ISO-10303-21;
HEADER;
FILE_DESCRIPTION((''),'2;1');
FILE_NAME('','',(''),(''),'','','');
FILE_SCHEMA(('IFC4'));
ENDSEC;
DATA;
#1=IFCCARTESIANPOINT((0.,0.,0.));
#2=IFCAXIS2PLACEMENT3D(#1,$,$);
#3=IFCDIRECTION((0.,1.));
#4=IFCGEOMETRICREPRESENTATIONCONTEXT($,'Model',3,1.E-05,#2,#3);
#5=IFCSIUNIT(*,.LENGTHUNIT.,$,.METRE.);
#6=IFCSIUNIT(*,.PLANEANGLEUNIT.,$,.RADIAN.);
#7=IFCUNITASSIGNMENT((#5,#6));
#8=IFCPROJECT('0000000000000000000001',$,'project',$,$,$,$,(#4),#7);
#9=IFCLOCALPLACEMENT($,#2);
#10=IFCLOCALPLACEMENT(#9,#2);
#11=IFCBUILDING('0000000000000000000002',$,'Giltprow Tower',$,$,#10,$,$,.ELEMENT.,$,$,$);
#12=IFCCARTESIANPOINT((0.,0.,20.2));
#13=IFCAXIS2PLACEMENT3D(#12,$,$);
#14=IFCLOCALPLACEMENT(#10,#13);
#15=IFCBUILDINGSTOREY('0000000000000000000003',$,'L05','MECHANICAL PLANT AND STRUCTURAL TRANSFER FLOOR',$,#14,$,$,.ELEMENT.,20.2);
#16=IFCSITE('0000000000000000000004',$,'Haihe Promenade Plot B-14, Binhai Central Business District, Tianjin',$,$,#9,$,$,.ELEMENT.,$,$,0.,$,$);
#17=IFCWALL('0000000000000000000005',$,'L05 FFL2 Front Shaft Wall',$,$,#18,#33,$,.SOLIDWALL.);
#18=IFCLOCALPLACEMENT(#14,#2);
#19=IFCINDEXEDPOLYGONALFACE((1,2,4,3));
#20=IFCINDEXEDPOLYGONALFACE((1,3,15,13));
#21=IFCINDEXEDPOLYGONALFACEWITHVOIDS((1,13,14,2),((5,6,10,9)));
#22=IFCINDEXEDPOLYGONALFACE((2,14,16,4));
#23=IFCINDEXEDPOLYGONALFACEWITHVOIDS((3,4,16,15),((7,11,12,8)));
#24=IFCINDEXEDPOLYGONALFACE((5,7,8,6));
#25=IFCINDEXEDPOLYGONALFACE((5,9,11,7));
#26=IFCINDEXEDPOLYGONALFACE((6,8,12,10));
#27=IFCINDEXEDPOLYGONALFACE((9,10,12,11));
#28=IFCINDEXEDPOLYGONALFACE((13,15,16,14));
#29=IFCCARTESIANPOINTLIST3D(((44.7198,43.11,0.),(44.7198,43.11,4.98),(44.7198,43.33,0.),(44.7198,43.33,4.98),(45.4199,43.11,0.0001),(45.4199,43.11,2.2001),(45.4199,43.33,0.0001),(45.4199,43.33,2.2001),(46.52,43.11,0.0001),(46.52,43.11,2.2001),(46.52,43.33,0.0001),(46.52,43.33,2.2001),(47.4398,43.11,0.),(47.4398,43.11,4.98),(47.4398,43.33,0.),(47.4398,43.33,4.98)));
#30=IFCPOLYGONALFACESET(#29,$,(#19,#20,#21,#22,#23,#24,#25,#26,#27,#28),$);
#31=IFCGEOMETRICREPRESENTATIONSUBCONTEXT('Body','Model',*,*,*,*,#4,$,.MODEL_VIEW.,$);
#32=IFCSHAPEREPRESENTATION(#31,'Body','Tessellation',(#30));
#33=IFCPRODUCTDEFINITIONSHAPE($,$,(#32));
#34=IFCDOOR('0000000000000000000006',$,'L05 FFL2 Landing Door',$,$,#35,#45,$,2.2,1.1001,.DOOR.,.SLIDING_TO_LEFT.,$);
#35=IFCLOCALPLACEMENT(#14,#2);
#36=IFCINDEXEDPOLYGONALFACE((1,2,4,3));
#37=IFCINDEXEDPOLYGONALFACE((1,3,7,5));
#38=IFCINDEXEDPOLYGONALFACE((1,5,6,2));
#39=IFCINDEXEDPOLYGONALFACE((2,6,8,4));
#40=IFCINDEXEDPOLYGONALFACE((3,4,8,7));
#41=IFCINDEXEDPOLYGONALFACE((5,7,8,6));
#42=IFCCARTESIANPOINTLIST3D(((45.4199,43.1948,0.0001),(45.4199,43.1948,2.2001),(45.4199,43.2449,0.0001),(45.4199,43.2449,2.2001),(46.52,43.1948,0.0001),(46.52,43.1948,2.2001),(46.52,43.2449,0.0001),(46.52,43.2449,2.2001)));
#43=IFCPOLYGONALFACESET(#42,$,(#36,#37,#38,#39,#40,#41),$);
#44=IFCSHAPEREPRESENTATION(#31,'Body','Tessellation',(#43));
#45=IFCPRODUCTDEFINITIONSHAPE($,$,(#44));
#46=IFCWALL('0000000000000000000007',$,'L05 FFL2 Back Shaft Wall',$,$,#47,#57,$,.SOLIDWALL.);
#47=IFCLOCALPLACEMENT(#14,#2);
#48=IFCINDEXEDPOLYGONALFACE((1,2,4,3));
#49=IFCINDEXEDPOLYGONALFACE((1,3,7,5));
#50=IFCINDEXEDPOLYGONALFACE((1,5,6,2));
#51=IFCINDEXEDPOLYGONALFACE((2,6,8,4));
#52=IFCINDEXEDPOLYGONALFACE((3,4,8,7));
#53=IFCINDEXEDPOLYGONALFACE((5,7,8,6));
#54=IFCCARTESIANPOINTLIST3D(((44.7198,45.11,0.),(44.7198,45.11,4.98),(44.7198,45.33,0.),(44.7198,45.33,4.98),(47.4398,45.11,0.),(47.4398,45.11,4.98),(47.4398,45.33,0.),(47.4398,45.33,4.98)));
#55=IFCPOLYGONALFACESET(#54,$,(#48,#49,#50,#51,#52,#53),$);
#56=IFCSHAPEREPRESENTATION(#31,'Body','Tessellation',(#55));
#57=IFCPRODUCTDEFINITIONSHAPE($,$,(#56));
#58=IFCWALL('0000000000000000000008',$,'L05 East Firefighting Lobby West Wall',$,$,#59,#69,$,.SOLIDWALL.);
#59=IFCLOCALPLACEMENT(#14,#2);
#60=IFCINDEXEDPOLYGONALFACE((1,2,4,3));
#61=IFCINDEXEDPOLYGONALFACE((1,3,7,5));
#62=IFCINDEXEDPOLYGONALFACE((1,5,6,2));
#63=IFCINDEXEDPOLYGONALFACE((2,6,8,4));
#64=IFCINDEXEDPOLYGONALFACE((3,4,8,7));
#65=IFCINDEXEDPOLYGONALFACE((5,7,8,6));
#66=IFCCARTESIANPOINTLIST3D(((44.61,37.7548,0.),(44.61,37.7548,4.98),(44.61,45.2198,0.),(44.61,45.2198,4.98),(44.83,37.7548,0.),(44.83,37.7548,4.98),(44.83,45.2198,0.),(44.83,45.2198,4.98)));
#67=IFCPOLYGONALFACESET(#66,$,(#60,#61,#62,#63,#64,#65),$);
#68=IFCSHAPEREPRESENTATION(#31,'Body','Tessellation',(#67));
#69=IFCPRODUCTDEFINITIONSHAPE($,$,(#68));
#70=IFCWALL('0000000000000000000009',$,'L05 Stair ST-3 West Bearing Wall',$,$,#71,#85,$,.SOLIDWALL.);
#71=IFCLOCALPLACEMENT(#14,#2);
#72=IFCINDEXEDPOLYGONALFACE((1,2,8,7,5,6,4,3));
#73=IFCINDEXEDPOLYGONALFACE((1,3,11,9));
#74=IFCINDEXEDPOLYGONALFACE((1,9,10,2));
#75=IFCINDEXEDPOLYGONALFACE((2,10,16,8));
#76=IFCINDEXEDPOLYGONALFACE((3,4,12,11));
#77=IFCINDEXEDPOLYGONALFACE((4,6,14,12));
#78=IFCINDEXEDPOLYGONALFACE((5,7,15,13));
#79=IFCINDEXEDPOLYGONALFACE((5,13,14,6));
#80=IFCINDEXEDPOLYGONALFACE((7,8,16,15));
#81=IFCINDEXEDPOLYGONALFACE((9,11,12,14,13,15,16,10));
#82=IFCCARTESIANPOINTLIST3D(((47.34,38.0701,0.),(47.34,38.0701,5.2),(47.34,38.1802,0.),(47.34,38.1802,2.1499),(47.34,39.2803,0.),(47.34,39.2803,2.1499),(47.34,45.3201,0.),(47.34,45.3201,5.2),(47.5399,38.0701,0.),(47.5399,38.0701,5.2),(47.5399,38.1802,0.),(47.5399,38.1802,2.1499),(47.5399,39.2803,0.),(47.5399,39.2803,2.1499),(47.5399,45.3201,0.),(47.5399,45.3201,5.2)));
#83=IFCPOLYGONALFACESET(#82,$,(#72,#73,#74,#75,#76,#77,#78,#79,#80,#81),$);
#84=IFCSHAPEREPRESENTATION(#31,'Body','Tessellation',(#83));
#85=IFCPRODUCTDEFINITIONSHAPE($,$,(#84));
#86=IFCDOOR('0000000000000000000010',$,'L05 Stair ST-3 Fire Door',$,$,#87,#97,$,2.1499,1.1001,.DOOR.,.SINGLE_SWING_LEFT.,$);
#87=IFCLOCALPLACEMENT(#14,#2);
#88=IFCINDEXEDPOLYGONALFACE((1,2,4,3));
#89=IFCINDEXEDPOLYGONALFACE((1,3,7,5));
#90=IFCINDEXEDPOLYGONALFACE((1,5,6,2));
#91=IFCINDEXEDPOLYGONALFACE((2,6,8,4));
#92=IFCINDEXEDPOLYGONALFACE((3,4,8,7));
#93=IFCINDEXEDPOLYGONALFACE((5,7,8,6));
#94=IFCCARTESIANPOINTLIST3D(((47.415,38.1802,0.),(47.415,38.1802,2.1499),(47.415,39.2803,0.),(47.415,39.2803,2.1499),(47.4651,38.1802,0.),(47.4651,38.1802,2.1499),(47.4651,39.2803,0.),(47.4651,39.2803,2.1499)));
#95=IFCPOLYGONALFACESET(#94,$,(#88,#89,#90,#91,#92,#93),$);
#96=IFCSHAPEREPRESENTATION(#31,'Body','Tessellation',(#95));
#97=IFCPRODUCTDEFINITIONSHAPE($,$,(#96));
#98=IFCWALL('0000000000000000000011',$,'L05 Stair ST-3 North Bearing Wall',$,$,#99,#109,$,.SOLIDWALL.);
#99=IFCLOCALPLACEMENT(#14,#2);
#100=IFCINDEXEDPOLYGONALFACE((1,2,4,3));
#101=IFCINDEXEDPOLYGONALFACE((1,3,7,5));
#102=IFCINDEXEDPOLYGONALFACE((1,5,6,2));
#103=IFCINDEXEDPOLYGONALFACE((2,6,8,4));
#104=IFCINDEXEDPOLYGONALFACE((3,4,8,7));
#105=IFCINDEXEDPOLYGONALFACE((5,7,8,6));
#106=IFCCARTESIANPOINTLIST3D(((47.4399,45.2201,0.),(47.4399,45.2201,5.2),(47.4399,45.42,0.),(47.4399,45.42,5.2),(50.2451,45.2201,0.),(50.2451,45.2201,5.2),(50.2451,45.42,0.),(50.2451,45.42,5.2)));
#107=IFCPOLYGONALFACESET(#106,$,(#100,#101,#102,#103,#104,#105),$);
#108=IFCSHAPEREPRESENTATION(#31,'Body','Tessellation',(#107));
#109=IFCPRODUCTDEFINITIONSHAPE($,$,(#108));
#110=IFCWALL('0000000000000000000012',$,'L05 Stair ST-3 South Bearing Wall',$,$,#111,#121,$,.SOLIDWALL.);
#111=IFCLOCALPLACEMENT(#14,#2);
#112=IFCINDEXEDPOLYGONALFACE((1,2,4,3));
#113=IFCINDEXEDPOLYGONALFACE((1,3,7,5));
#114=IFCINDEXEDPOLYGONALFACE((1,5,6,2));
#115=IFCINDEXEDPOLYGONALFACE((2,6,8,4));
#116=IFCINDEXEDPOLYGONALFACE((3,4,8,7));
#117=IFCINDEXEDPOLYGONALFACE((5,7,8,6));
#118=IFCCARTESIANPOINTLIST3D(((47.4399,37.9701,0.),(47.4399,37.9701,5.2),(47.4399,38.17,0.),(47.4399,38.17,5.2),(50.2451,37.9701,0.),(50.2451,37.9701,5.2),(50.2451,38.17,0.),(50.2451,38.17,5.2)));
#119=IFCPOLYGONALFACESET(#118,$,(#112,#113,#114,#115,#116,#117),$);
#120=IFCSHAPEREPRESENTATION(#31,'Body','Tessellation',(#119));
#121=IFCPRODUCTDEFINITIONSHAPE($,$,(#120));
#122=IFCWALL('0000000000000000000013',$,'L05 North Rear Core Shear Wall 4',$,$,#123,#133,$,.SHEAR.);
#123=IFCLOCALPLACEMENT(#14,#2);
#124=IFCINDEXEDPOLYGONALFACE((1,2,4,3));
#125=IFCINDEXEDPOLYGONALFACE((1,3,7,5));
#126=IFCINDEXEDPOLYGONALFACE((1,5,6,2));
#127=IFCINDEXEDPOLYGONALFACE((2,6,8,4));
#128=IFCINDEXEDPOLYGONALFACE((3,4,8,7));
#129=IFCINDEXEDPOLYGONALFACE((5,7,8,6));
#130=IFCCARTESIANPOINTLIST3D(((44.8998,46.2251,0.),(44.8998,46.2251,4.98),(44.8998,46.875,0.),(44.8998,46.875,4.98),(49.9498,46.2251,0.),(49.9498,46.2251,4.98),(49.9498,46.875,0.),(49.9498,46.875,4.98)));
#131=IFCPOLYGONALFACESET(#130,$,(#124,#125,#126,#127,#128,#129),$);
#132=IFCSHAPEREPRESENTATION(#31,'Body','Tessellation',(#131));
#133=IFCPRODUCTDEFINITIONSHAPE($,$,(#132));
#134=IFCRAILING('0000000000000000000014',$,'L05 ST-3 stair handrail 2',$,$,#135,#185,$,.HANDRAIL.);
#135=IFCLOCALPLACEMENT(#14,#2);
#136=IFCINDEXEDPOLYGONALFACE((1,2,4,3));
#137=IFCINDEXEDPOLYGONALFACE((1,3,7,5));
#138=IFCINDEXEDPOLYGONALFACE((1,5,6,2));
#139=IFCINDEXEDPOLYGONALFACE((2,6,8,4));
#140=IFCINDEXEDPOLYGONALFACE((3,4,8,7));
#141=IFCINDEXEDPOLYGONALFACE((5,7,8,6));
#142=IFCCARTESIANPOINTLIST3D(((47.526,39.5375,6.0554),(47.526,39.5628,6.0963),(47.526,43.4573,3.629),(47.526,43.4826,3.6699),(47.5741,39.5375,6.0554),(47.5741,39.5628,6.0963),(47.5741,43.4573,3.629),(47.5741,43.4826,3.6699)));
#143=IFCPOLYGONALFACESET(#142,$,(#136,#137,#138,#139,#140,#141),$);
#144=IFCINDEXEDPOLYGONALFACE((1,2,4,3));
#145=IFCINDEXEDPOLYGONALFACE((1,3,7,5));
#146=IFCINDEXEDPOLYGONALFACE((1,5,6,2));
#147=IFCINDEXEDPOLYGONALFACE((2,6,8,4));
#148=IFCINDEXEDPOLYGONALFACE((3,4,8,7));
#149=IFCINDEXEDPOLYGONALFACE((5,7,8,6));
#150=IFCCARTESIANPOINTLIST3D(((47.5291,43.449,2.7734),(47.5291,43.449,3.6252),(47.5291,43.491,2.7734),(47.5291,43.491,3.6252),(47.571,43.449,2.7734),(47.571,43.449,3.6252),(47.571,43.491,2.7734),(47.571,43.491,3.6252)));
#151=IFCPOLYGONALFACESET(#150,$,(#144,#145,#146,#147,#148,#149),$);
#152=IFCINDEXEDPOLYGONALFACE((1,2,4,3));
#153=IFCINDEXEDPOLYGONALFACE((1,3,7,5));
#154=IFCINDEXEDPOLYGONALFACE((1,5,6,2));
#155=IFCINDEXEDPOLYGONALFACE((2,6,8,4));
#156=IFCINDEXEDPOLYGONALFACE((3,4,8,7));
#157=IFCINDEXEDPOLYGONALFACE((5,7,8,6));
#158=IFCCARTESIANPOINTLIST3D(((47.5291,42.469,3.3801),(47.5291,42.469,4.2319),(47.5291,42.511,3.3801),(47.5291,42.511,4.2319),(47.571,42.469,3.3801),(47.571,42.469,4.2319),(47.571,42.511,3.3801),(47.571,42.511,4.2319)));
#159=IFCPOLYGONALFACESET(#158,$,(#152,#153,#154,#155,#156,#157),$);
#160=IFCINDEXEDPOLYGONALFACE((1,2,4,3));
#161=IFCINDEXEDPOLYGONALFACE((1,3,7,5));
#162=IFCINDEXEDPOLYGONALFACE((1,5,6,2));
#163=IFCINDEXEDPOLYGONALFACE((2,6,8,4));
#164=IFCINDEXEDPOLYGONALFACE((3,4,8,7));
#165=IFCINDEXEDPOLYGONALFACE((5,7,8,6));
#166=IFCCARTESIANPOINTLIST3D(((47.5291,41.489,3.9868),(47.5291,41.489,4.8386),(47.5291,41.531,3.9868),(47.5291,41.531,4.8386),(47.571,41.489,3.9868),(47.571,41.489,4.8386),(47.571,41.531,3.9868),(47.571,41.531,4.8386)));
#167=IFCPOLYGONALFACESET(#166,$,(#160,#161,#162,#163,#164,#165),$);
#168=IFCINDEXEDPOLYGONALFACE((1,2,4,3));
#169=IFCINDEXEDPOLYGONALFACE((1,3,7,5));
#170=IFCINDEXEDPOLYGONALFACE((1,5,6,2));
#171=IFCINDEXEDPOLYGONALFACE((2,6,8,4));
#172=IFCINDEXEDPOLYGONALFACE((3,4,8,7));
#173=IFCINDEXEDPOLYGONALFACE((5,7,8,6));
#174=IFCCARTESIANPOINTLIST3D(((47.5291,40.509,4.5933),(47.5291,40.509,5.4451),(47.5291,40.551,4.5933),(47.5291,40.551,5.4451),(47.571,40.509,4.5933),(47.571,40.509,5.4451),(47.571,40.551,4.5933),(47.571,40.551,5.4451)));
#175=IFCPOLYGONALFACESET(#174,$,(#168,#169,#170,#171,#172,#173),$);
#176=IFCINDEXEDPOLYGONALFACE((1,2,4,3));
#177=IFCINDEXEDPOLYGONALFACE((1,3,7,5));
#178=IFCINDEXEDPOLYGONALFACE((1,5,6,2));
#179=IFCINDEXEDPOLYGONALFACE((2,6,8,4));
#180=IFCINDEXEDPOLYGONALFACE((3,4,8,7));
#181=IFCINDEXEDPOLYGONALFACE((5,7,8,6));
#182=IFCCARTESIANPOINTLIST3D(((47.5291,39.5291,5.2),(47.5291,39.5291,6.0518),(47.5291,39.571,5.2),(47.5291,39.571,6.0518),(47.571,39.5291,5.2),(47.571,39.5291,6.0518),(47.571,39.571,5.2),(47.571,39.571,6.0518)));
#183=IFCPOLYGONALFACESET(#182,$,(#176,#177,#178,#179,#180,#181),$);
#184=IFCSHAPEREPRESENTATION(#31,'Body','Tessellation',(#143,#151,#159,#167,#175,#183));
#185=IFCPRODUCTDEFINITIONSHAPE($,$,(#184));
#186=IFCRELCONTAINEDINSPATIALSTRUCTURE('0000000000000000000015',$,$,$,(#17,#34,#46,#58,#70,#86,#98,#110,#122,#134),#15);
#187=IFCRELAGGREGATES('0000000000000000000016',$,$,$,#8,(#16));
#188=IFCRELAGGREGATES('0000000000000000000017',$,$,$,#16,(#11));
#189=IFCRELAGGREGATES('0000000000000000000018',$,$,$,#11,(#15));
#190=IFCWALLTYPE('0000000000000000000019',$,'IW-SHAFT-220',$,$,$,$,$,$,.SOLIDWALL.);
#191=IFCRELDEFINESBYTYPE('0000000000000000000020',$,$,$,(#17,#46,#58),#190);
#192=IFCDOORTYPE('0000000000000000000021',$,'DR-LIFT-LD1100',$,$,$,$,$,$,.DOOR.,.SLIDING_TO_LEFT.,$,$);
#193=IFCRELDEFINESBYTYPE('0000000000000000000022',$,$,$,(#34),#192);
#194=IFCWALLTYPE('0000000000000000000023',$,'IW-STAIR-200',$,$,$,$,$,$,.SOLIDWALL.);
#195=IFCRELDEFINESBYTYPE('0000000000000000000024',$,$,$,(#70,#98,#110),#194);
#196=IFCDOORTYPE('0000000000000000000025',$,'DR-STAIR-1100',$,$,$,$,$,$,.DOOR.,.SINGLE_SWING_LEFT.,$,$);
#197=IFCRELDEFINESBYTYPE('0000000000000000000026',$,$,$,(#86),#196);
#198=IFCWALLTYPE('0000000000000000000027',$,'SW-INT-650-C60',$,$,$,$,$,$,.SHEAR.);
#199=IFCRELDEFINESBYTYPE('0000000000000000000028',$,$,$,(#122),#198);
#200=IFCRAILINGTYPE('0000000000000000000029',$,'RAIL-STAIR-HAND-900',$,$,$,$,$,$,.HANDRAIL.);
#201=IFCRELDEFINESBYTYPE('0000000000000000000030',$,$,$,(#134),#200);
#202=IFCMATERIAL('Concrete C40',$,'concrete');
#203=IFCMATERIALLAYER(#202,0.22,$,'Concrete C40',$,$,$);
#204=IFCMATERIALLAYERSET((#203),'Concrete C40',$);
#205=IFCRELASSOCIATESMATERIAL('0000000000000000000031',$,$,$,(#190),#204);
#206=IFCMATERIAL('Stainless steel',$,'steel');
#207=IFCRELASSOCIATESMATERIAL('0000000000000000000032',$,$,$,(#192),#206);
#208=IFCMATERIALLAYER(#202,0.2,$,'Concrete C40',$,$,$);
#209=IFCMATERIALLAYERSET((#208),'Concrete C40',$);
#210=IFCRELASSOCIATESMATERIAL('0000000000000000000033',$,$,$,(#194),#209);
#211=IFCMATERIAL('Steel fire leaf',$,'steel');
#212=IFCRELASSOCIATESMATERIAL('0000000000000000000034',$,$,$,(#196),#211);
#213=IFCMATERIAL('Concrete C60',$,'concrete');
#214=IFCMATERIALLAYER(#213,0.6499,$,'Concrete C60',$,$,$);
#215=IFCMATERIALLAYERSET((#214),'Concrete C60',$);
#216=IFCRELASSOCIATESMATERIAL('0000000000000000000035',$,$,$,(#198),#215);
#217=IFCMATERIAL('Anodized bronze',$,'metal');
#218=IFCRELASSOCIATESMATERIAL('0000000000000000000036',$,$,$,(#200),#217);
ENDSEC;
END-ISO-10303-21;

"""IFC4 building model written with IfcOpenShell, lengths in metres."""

from ifc_helpers import new_model, si_unit, direction, frame, frame_2d, origin, origin_2d, place, context, subcontext, project, spatial, rectangle, extrude, source, transform, mapped, material, layer, layer_set, type_object, element, fill, save


model = new_model("IFC4")

# Units and contexts
model_context = context("Model", 3, precision=1e-05, world=origin(), true_north=direction((0.0, 1.0)))
body_context = subcontext(model_context, "Body", "Model", "MODEL_VIEW")
ifc_project = project(units=[si_unit("LENGTHUNIT", "METRE"), si_unit("PLANEANGLEUNIT", "RADIAN")], contexts=[model_context])

# Site, building, storey
site_placement = place(None, origin())
site = spatial("IfcSite", under=ifc_project, at=site_placement, Name="Haihe Promenade Plot B-14, Binhai Central Business District, Tianjin", CompositionType="ELEMENT", RefElevation=0.0)
building_placement = place(site_placement, origin())
building = spatial("IfcBuilding", under=site, at=building_placement, Name="Giltprow Tower", CompositionType="ELEMENT")
storey_placement = place(building_placement, frame((0.0, 0.0, 20.2)))
storey = spatial("IfcBuildingStorey", under=building, at=storey_placement, Name="L05", Description="MECHANICAL PLANT AND STRUCTURAL TRANSFER FLOOR", CompositionType="ELEMENT", Elevation=20.2)

# Shared definitions
ifc_material_1 = material(Name="Concrete C60", Category="concrete")

# Wall, opening, door
ifc_material_2 = material(Name="Concrete C40", Category="concrete")
ifc_layer_1 = layer(ifc_material_2, 0.22, Name="Concrete C40")
ifc_layer_set_1 = layer_set([ifc_layer_1], Name="Concrete C40")
wall_type_1 = type_object("IfcWallType", Name="IW-SHAFT-220", PredefinedType="SOLIDWALL", material=ifc_layer_set_1)
wall_1_placement = place(storey_placement, frame((44.72, 43.22, 0.0), z_axis=(0.0, 0.0, 1.0), x_axis=(1.0, 0.0, 0.0)))
wall_1 = element("IfcWall", 1, at=wall_1_placement, inside=storey, type_object=wall_type_1, Name="L05 FFL2 Front Shaft Wall", PredefinedType="SOLIDWALL", context=body_context, shape_type="SweptSolid", body=[
    extrude(rectangle(XDim=2.72, YDim=0.22, at=frame_2d((1.3599, 0.0))), origin(), (0.0, 0.0, 1.0), 4.98),
])
opening_1_placement = place(wall_1_placement, frame((0.7, 0.0, 0.0)))
opening_1 = element("IfcOpeningElement", 2, at=opening_1_placement, cuts=wall_1, PredefinedType="OPENING", context=body_context, shape_type="SweptSolid", body=[
    extrude(rectangle(XDim=1.1001, YDim=2.2, at=frame_2d((0.55, 1.1001))), frame((0.0, 0.1199, 0.0), z_axis=(0.0, -1.0, 0.0), x_axis=(1.0, 0.0, 0.0)), (0.0, 0.0, 1.0), 0.24),
])
ifc_material_3 = material(Name="Stainless steel", Category="steel")
door_type_1 = type_object("IfcDoorType", Name="DR-LIFT-LD1100", OperationType="SLIDING_TO_LEFT", PredefinedType="DOOR", material=ifc_material_3)
shared_shape_1 = source(origin(), body_context, "Body", "SweptSolid", [
    extrude(rectangle(XDim=1.1001, YDim=2.2, at=frame_2d((0.55, 1.1001))), frame((0.0, 0.0249, 0.0), z_axis=(0.0, -1.0, 0.0), x_axis=(1.0, 0.0, 0.0)), (0.0, 0.0, 1.0), 0.05),
])
door_1_placement = place(opening_1_placement, origin())
door_1 = element("IfcDoor", 3, at=door_1_placement, inside=storey, type_object=door_type_1, Name="L05 FFL2 Landing Door", OperationType="SLIDING_TO_LEFT", OverallHeight=2.2, OverallWidth=1.1001, PredefinedType="DOOR", context=body_context, shape_type="MappedRepresentation", body=[
    mapped(shared_shape_1, transform((0.0, 0.0, 0.0), x_axis=(1.0, 0.0, 0.0), y_axis=(0.0, 1.0, 0.0), z_axis=(0.0, 0.0, 1.0), scale=1.0)),
])
fill(opening_1, door_1)

# Walls
wall_2_placement = place(storey_placement, frame((44.72, 45.22, 0.0), z_axis=(0.0, 0.0, 1.0), x_axis=(1.0, 0.0, 0.0)))
element("IfcWall", 4, at=wall_2_placement, inside=storey, type_object=wall_type_1, Name="L05 FFL2 Back Shaft Wall", PredefinedType="SOLIDWALL", context=body_context, shape_type="SweptSolid", body=[
    extrude(rectangle(XDim=2.72, YDim=0.22, at=frame_2d((1.3599, 0.0))), origin(), (0.0, 0.0, 1.0), 4.98),
])
wall_3_placement = place(storey_placement, frame((44.72, 37.7549, 0.0), z_axis=(0.0, 0.0, 1.0), x_axis=(0.0, 1.0, 0.0)))
element("IfcWall", 5, at=wall_3_placement, inside=storey, type_object=wall_type_1, Name="L05 East Firefighting Lobby West Wall", PredefinedType="SOLIDWALL", context=body_context, shape_type="SweptSolid", body=[
    extrude(rectangle(XDim=7.4651, YDim=0.22, at=frame_2d((3.7324, 0.0))), origin(), (0.0, 0.0, 1.0), 4.98),
])

# Wall, opening, door
ifc_layer_2 = layer(ifc_material_2, 0.2, Name="Concrete C40")
ifc_layer_set_2 = layer_set([ifc_layer_2], Name="Concrete C40")
wall_type_2 = type_object("IfcWallType", Name="IW-STAIR-200", PredefinedType="SOLIDWALL", material=ifc_layer_set_2)
wall_4_placement = place(storey_placement, frame((47.4399, 38.0701, 0.0), z_axis=(0.0, 0.0, 1.0), x_axis=(0.0, 1.0, 0.0)))
wall_4 = element("IfcWall", 6, at=wall_4_placement, inside=storey, type_object=wall_type_2, Name="L05 Stair ST-3 West Bearing Wall", PredefinedType="SOLIDWALL", context=body_context, shape_type="SweptSolid", body=[
    extrude(rectangle(XDim=7.25, YDim=0.2, at=frame_2d((3.625, 0.0))), origin(), (0.0, 0.0, 1.0), 5.2),
])
opening_2_placement = place(wall_4_placement, frame((0.1101, 0.0, 0.0)))
opening_2 = element("IfcOpeningElement", 7, at=opening_2_placement, cuts=wall_4, PredefinedType="OPENING", context=body_context, shape_type="SweptSolid", body=[
    extrude(rectangle(XDim=1.1001, YDim=2.1499, at=frame_2d((0.55, 1.075))), frame((0.0, 0.1099, 0.0), z_axis=(0.0, -1.0, 0.0), x_axis=(1.0, 0.0, 0.0)), (0.0, 0.0, 1.0), 0.22),
])
ifc_material_4 = material(Name="Steel fire leaf", Category="steel")
door_type_2 = type_object("IfcDoorType", Name="DR-STAIR-1100", OperationType="SINGLE_SWING_LEFT", PredefinedType="DOOR", material=ifc_material_4)
shared_shape_2 = source(origin(), body_context, "Body", "SweptSolid", [
    extrude(rectangle(XDim=1.1001, YDim=2.1499, at=frame_2d((0.55, 1.075))), frame((0.0, 0.0249, 0.0), z_axis=(0.0, -1.0, 0.0), x_axis=(1.0, 0.0, 0.0)), (0.0, 0.0, 1.0), 0.05),
])
door_2_placement = place(opening_2_placement, origin())
door_2 = element("IfcDoor", 8, at=door_2_placement, inside=storey, type_object=door_type_2, Name="L05 Stair ST-3 Fire Door", OperationType="SINGLE_SWING_LEFT", OverallHeight=2.1499, OverallWidth=1.1001, PredefinedType="DOOR", context=body_context, shape_type="MappedRepresentation", body=[
    mapped(shared_shape_2, transform((0.0, 0.0, 0.0), x_axis=(1.0, 0.0, 0.0), y_axis=(0.0, 1.0, 0.0), z_axis=(0.0, 0.0, 1.0), scale=1.0)),
])
fill(opening_2, door_2)

# Walls
for number, where, z_axis, x_axis, name in (
    (9, (47.4399, 45.3201, 0.0), (0.0, 0.0, 1.0), (1.0, 0.0, 0.0), "L05 Stair ST-3 North Bearing Wall"),
    (10, (47.4399, 38.0701, 0.0), (0.0, 0.0, 1.0), (1.0, 0.0, 0.0), "L05 Stair ST-3 South Bearing Wall"),
):
    element("IfcWall", number, at=place(storey_placement, frame(where, z_axis=z_axis, x_axis=x_axis)), inside=storey, type_object=wall_type_2, Name=name, PredefinedType="SOLIDWALL", context=body_context, shape_type="SweptSolid", body=[
        extrude(rectangle(XDim=2.8052, YDim=0.2, at=frame_2d((1.4026, 0.0))), origin(), (0.0, 0.0, 1.0), 5.2),
    ])
ifc_layer_3 = layer(ifc_material_1, 0.6499, Name="Concrete C60")
ifc_layer_set_3 = layer_set([ifc_layer_3], Name="Concrete C60")
wall_type_3 = type_object("IfcWallType", Name="SW-INT-650-C60", PredefinedType="SHEAR", material=ifc_layer_set_3)
wall_5_placement = place(storey_placement, frame((44.8999, 46.55, 0.0), z_axis=(0.0, 0.0, 1.0), x_axis=(1.0, 0.0, 0.0)))
element("IfcWall", 11, at=wall_5_placement, inside=storey, type_object=wall_type_3, Name="L05 North Rear Core Shear Wall 4", PredefinedType="SHEAR", context=body_context, shape_type="SweptSolid", body=[
    extrude(rectangle(XDim=5.05, YDim=0.6499, at=frame_2d((2.5249, 0.0))), origin(), (0.0, 0.0, 1.0), 4.98),
])

# Railing
ifc_material_5 = material(Name="Anodized bronze", Category="metal")
railing_type = type_object("IfcRailingType", Name="RAIL-STAIR-HAND-900", PredefinedType="HANDRAIL", material=ifc_material_5)
railing_placement = place(storey_placement, frame((47.55, 43.47, 2.7734)))
element("IfcRailing", 12, at=railing_placement, inside=storey, type_object=railing_type, Name="L05 ST-3 stair handrail 2", PredefinedType="HANDRAIL", context=body_context, shape_type="SweptSolid", body=[
    extrude(rectangle(XDim=0.0481, YDim=0.0481, at=origin_2d()), frame((0.0, 0.0, 0.876), z_axis=(0.0, -0.850275, 0.526338), x_axis=(1.0, 0.0, 0.0)), (0.0, 0.0, 1.0), 4.6101),
    extrude(rectangle(XDim=0.042, YDim=0.042, at=origin_2d()), origin(), (0.0, 0.0, 1.0), 0.8518),
    extrude(rectangle(XDim=0.042, YDim=0.042, at=origin_2d()), frame((0.0, -0.98, 0.6067)), (0.0, 0.0, 1.0), 0.8518),
    extrude(rectangle(XDim=0.042, YDim=0.042, at=origin_2d()), frame((0.0, -1.96, 1.2134)), (0.0, 0.0, 1.0), 0.8518),
    extrude(rectangle(XDim=0.042, YDim=0.042, at=origin_2d()), frame((0.0, -2.9399, 1.8198)), (0.0, 0.0, 1.0), 0.8518),
    extrude(rectangle(XDim=0.042, YDim=0.042, at=origin_2d()), frame((0.0, -3.9199, 2.4265)), (0.0, 0.0, 1.0), 0.8518),
])

save(model, "model.ifc")
